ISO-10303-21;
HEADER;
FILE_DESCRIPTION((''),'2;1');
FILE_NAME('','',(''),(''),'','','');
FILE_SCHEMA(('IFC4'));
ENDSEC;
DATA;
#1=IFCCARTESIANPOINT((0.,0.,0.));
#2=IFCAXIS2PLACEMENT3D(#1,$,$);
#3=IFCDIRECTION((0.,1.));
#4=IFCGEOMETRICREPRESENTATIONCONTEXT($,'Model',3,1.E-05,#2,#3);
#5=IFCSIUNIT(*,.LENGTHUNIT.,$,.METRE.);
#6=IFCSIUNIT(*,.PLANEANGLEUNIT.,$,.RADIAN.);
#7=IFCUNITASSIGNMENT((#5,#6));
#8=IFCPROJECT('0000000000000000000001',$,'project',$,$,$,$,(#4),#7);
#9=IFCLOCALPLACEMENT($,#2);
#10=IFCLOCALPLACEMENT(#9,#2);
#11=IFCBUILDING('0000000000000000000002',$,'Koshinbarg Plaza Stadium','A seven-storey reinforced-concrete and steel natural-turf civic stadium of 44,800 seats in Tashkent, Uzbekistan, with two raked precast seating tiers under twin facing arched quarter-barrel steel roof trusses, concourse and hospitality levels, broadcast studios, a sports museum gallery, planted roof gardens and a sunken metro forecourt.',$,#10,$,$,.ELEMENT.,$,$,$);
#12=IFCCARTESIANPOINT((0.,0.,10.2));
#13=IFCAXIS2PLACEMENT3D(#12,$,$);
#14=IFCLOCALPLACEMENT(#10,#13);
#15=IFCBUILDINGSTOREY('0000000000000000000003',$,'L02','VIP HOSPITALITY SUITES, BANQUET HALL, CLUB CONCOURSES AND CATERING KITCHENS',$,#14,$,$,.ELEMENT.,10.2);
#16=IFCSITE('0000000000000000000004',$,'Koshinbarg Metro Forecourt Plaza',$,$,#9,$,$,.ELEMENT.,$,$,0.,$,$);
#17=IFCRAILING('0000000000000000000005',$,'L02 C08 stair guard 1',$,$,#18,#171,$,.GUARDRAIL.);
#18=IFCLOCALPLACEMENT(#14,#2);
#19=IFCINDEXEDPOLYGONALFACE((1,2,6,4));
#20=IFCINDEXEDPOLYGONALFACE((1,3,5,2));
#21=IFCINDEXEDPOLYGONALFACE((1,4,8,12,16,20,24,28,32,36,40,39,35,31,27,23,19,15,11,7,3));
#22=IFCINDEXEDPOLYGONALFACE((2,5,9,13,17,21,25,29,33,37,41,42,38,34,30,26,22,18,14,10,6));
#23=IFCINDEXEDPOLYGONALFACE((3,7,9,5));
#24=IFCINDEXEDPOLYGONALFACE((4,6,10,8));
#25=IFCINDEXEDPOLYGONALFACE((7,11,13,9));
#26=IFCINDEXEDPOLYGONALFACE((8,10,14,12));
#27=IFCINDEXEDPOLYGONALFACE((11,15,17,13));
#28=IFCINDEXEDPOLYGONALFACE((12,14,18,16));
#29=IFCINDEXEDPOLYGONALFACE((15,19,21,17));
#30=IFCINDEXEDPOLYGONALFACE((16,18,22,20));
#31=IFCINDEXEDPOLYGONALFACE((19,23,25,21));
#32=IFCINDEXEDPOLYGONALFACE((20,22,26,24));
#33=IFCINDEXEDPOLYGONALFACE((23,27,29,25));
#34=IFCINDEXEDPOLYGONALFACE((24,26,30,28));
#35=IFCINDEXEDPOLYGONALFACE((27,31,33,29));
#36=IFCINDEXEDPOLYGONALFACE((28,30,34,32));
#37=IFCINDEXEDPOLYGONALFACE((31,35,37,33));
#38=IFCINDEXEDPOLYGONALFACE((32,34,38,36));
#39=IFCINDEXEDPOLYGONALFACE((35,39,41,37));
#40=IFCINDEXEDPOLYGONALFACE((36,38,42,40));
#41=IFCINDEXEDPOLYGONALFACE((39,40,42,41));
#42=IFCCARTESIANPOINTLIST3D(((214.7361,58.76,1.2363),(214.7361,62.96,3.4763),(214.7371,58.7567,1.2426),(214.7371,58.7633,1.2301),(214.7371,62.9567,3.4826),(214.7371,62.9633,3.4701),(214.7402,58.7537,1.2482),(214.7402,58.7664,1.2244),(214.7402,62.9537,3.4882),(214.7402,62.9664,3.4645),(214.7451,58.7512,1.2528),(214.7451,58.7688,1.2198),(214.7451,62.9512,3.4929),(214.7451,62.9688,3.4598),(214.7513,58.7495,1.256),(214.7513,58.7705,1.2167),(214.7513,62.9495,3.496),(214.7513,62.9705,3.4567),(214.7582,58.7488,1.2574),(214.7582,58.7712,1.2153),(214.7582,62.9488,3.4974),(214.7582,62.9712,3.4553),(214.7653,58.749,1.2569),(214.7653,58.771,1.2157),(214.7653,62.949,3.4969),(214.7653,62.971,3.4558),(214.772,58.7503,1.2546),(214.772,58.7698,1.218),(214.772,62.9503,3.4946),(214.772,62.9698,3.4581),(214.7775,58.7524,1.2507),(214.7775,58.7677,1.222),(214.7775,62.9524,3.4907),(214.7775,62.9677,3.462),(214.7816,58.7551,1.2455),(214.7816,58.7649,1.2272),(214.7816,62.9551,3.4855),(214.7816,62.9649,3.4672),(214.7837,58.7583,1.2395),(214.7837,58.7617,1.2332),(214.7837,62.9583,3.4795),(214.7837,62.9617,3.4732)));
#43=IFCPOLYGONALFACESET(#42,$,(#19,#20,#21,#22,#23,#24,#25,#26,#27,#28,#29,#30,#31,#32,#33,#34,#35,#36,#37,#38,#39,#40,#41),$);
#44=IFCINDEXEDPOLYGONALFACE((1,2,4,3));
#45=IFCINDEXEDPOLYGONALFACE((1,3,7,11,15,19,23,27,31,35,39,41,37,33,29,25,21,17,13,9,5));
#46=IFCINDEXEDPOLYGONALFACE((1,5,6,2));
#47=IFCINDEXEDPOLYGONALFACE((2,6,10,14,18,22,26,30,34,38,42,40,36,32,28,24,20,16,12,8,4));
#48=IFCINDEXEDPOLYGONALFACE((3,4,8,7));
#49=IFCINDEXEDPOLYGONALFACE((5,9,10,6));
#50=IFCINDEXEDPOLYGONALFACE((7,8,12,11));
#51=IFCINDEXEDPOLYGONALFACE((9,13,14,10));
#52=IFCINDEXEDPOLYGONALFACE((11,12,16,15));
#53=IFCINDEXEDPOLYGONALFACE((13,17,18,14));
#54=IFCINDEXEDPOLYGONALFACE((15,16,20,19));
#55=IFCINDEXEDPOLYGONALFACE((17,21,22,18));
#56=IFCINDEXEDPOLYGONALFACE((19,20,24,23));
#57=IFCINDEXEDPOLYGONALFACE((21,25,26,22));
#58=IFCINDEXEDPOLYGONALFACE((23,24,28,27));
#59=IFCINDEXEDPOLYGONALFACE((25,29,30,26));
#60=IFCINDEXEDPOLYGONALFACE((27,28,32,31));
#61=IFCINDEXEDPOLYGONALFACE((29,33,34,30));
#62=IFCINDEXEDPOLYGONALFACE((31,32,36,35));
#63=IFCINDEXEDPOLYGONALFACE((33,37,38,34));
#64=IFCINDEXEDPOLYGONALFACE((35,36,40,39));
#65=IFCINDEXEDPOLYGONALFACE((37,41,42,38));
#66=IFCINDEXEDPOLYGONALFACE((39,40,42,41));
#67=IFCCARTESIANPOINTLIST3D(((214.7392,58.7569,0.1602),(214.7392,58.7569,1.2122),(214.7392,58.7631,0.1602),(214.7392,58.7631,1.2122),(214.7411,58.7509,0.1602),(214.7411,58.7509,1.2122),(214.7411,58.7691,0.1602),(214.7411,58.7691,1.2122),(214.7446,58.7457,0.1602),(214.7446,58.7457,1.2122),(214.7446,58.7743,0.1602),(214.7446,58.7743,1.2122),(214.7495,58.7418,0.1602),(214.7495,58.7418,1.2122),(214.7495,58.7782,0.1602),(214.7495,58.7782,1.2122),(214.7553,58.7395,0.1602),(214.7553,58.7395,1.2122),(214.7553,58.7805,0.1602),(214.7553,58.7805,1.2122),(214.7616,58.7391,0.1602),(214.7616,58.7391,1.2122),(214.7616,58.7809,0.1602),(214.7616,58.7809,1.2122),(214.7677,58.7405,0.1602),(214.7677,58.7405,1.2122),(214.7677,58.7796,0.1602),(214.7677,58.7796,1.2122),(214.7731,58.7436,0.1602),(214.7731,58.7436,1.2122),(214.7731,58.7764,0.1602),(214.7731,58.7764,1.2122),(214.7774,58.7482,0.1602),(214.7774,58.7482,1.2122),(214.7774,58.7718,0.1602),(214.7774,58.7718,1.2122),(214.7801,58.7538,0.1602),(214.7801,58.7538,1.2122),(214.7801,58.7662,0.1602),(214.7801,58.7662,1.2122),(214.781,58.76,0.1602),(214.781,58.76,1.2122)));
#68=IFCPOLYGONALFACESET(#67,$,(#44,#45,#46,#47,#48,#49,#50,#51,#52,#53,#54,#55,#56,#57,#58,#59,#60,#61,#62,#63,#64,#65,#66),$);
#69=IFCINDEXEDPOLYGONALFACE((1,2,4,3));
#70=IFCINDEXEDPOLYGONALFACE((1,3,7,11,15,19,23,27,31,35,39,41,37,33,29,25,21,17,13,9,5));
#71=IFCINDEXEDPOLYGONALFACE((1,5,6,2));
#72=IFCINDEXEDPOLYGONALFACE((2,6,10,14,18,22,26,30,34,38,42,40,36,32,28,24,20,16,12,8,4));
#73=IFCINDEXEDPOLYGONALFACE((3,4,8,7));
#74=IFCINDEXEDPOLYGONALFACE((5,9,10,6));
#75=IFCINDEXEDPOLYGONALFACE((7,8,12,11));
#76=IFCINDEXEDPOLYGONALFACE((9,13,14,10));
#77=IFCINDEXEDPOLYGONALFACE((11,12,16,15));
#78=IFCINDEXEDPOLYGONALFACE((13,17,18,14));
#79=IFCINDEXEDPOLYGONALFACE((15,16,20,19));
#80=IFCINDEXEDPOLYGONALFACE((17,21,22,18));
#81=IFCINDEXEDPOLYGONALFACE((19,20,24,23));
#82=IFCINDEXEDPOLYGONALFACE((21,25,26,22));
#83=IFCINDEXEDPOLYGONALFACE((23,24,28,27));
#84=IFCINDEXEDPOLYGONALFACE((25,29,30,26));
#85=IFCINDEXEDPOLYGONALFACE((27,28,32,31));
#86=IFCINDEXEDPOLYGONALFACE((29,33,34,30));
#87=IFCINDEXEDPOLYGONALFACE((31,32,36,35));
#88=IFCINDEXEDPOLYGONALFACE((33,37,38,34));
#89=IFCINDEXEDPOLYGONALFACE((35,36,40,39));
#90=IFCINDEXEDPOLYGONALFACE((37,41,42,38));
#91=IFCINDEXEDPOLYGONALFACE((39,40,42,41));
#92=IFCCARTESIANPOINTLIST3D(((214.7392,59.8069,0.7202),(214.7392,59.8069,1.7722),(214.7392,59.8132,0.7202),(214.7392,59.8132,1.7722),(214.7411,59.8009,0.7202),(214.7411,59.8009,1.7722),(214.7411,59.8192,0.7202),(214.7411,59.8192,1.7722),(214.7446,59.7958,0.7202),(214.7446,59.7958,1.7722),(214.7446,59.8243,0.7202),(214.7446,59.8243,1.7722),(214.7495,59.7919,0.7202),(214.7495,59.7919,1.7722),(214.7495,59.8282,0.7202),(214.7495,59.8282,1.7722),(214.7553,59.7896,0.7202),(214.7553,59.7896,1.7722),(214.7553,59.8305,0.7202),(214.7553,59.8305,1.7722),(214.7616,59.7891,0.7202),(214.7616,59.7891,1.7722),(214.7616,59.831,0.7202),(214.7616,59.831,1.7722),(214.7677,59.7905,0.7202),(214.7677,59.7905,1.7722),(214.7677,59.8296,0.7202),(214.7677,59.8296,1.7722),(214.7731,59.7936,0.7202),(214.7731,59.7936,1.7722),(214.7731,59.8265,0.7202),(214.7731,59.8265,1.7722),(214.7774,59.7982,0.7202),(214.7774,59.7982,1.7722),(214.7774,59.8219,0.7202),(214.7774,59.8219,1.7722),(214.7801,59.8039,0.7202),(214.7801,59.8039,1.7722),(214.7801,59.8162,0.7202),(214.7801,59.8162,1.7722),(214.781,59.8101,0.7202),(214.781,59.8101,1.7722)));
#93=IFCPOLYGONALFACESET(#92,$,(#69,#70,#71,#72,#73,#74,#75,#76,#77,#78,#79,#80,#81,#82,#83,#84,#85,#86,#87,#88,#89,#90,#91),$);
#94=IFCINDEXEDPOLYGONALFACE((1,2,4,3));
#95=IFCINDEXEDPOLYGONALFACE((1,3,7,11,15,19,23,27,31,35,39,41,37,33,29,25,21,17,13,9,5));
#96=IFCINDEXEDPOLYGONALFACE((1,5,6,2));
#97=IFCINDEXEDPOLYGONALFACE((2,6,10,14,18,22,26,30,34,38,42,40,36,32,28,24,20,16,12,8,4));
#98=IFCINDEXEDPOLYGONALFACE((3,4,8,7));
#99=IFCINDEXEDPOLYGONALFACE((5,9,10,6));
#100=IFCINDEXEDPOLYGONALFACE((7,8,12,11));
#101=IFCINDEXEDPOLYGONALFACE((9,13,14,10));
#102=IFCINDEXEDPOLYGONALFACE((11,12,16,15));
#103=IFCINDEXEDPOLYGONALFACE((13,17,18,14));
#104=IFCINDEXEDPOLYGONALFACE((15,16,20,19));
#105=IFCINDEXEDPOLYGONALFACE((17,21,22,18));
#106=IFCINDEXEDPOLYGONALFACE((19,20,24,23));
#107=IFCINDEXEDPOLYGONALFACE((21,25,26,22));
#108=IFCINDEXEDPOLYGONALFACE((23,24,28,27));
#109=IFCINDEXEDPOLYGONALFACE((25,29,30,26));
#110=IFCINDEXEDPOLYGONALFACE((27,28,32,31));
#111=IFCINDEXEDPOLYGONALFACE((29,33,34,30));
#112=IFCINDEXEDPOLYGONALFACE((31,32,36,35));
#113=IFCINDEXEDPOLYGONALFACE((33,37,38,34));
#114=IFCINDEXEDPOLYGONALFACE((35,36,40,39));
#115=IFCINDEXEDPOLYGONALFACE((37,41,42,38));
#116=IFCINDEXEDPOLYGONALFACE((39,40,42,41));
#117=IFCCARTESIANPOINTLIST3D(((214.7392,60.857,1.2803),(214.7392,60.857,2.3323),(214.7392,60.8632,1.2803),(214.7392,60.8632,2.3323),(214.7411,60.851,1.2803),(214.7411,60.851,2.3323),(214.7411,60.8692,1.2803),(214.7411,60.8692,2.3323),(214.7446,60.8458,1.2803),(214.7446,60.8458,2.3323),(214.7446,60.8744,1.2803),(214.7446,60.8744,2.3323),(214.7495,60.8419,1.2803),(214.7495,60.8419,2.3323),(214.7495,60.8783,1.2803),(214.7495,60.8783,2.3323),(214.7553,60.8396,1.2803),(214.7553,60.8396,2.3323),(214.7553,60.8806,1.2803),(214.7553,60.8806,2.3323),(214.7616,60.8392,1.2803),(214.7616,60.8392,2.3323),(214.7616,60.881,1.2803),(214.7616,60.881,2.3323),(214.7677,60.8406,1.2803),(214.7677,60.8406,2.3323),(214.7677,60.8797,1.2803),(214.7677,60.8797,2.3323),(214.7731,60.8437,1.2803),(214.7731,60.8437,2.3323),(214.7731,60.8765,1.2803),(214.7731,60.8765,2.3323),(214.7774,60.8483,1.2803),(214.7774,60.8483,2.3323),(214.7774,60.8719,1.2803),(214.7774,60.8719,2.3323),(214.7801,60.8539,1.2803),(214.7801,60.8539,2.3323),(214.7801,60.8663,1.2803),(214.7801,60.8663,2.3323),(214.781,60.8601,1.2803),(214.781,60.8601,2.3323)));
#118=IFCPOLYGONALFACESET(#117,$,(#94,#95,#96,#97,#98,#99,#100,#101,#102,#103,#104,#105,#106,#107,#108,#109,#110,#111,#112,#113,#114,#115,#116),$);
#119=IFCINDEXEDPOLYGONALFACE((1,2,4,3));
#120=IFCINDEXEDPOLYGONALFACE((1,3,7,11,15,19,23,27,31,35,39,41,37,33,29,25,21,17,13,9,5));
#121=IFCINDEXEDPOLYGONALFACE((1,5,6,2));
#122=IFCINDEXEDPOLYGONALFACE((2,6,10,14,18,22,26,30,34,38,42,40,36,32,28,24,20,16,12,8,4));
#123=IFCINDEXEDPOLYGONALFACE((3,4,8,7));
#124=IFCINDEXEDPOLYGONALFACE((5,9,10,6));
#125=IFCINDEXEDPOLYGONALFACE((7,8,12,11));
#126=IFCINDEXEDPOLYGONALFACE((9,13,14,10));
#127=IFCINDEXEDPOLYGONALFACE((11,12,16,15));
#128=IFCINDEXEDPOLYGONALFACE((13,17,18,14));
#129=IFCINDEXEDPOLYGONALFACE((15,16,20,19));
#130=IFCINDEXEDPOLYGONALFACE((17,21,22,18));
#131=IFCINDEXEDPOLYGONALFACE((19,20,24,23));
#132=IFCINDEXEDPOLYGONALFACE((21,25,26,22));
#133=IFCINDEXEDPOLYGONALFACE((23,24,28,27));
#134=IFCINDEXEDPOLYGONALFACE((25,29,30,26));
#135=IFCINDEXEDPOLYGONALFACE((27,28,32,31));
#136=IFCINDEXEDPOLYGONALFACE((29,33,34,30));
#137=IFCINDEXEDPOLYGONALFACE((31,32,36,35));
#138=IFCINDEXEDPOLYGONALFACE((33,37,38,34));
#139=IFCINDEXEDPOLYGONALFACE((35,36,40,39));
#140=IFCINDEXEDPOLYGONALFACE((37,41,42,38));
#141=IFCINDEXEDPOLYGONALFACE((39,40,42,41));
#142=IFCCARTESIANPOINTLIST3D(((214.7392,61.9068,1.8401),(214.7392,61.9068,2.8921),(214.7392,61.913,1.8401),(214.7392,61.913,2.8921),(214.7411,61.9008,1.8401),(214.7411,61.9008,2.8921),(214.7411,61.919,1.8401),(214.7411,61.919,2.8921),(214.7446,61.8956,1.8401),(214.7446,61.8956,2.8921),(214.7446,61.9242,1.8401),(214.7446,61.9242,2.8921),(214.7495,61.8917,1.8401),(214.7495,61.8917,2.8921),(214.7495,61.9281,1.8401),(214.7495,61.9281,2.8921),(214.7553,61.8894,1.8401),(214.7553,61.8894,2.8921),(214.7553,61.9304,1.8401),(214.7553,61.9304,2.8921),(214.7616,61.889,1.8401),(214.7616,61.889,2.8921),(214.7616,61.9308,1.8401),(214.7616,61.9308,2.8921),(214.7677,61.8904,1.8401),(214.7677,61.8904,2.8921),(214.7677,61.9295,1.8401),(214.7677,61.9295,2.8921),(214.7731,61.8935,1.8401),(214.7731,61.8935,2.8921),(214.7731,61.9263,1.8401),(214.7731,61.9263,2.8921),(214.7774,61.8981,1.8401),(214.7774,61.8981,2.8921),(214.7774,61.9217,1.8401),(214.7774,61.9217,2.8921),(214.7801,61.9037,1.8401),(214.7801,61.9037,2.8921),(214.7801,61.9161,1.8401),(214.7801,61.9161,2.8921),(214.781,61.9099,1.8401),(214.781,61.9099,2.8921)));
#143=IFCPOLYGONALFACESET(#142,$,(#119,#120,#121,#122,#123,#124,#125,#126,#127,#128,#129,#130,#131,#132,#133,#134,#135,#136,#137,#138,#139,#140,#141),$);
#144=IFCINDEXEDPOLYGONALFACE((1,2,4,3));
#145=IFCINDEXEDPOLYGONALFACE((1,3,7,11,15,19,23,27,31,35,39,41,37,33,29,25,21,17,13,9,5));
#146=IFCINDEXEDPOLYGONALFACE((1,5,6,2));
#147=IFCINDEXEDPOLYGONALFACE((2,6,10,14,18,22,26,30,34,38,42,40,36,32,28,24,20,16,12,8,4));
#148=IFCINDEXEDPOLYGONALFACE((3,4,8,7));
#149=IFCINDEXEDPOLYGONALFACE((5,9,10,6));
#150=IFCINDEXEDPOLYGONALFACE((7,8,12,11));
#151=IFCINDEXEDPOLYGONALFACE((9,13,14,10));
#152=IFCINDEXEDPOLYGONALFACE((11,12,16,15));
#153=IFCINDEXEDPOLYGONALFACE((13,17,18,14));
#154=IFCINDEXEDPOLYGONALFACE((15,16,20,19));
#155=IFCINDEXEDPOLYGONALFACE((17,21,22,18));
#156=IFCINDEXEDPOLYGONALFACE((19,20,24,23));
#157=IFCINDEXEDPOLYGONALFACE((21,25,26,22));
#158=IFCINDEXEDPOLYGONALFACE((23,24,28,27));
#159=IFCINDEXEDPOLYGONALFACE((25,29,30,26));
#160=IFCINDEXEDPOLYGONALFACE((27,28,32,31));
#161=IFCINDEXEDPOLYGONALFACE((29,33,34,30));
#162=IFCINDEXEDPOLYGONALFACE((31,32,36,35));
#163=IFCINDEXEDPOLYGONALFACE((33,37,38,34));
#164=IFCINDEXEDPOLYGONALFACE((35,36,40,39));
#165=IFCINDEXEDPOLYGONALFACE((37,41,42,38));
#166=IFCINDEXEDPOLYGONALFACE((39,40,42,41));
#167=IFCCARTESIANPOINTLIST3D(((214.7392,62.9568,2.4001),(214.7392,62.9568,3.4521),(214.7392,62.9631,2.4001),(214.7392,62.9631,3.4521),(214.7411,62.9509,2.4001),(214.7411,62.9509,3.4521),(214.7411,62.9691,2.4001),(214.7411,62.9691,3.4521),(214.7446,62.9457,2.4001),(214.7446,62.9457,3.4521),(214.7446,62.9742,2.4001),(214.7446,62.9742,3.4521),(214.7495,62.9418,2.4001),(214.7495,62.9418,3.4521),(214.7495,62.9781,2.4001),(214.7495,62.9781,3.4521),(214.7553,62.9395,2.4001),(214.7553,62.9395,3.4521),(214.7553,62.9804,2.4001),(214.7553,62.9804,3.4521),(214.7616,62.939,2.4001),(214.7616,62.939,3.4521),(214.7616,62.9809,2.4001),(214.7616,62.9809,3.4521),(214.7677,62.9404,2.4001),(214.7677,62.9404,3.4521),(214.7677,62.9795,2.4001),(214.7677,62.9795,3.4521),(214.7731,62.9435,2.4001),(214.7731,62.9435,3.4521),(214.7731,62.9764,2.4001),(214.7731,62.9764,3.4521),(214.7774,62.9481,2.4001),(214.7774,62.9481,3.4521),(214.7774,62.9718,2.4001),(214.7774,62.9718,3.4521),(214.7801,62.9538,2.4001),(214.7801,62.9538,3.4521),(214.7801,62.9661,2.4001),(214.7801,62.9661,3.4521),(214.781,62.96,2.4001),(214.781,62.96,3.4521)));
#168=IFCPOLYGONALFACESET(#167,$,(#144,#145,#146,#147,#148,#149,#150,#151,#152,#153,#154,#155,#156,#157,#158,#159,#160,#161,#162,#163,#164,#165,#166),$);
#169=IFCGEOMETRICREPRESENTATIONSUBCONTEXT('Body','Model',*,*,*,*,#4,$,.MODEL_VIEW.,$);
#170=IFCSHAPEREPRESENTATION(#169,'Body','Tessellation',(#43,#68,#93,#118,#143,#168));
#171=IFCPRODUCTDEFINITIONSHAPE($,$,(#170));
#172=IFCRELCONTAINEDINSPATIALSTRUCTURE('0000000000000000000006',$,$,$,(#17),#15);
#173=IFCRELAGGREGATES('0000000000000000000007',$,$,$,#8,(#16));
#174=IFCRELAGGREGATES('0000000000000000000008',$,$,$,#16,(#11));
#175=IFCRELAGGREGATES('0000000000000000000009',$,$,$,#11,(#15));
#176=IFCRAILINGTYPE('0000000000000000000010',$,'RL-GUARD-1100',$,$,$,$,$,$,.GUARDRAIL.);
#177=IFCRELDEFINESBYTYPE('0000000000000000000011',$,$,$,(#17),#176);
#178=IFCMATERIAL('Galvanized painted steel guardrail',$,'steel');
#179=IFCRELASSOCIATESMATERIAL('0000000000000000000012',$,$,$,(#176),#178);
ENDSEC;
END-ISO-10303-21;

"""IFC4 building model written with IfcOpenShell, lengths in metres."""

from ifc_helpers import new_model, si_unit, direction, frame, origin, origin_2d, place, context, subcontext, project, spatial, circle, extrude, material, type_object, element, save


model = new_model("IFC4")

# Units and contexts
model_context = context("Model", 3, precision=1e-05, world=origin(), true_north=direction((0.0, 1.0)))
body_context = subcontext(model_context, "Body", "Model", "MODEL_VIEW")
ifc_project = project(units=[si_unit("LENGTHUNIT", "METRE"), si_unit("PLANEANGLEUNIT", "RADIAN")], contexts=[model_context])

# Site, building, storey
site_placement = place(None, origin())
site = spatial("IfcSite", under=ifc_project, at=site_placement, Name="Koshinbarg Metro Forecourt Plaza", CompositionType="ELEMENT", RefElevation=0.0)
building_placement = place(site_placement, origin())
building = spatial("IfcBuilding", under=site, at=building_placement, Name="Koshinbarg Plaza Stadium", Description="A seven-storey reinforced-concrete and steel natural-turf civic stadium of 44,800 seats in Tashkent, Uzbekistan, with two raked precast seating tiers under twin facing arched quarter-barrel steel roof trusses, concourse and hospitality levels, broadcast studios, a sports museum gallery, planted roof gardens and a sunken metro forecourt.", CompositionType="ELEMENT")
storey_placement = place(building_placement, frame((0.0, 0.0, 10.2)))
storey = spatial("IfcBuildingStorey", under=building, at=storey_placement, Name="L02", Description="VIP HOSPITALITY SUITES, BANQUET HALL, CLUB CONCOURSES AND CATERING KITCHENS", CompositionType="ELEMENT", Elevation=10.2)

# Railing
ifc_material_1 = material(Name="Galvanized painted steel guardrail", Category="steel")
railing_type_1 = type_object("IfcRailingType", Name="RL-GUARD-1100", PredefinedType="GUARDRAIL", material=ifc_material_1)
railing_1_placement = place(storey_placement, frame((214.76, 58.76, 0.1602)))
element("IfcRailing", 1, at=railing_1_placement, inside=storey, type_object=railing_type_1, Name="L02 C08 stair guard 1", PredefinedType="GUARDRAIL", context=body_context, shape_type="SweptSolid", body=[
    extrude(circle(Radius=0.0239, at=origin_2d()), frame((0.0, 0.0, 1.0762), z_axis=(0.0, 0.882352, 0.470591), x_axis=(-1.0, 0.0, 0.0)), (0.0, 0.0, 1.0), 4.76),
    extrude(circle(Radius=0.021, at=origin_2d()), origin(), (0.0, 0.0, 1.0), 1.052),
    extrude(circle(Radius=0.021, at=origin_2d()), frame((0.0, 1.05, 0.5601)), (0.0, 0.0, 1.0), 1.052),
    extrude(circle(Radius=0.021, at=origin_2d()), frame((0.0, 2.1001, 1.1201)), (0.0, 0.0, 1.0), 1.052),
    extrude(circle(Radius=0.021, at=origin_2d()), frame((0.0, 3.1499, 1.6799)), (0.0, 0.0, 1.0), 1.052),
    extrude(circle(Radius=0.021, at=origin_2d()), frame((0.0, 4.2, 2.24)), (0.0, 0.0, 1.0), 1.052),
])

save(model, "model.ifc")
